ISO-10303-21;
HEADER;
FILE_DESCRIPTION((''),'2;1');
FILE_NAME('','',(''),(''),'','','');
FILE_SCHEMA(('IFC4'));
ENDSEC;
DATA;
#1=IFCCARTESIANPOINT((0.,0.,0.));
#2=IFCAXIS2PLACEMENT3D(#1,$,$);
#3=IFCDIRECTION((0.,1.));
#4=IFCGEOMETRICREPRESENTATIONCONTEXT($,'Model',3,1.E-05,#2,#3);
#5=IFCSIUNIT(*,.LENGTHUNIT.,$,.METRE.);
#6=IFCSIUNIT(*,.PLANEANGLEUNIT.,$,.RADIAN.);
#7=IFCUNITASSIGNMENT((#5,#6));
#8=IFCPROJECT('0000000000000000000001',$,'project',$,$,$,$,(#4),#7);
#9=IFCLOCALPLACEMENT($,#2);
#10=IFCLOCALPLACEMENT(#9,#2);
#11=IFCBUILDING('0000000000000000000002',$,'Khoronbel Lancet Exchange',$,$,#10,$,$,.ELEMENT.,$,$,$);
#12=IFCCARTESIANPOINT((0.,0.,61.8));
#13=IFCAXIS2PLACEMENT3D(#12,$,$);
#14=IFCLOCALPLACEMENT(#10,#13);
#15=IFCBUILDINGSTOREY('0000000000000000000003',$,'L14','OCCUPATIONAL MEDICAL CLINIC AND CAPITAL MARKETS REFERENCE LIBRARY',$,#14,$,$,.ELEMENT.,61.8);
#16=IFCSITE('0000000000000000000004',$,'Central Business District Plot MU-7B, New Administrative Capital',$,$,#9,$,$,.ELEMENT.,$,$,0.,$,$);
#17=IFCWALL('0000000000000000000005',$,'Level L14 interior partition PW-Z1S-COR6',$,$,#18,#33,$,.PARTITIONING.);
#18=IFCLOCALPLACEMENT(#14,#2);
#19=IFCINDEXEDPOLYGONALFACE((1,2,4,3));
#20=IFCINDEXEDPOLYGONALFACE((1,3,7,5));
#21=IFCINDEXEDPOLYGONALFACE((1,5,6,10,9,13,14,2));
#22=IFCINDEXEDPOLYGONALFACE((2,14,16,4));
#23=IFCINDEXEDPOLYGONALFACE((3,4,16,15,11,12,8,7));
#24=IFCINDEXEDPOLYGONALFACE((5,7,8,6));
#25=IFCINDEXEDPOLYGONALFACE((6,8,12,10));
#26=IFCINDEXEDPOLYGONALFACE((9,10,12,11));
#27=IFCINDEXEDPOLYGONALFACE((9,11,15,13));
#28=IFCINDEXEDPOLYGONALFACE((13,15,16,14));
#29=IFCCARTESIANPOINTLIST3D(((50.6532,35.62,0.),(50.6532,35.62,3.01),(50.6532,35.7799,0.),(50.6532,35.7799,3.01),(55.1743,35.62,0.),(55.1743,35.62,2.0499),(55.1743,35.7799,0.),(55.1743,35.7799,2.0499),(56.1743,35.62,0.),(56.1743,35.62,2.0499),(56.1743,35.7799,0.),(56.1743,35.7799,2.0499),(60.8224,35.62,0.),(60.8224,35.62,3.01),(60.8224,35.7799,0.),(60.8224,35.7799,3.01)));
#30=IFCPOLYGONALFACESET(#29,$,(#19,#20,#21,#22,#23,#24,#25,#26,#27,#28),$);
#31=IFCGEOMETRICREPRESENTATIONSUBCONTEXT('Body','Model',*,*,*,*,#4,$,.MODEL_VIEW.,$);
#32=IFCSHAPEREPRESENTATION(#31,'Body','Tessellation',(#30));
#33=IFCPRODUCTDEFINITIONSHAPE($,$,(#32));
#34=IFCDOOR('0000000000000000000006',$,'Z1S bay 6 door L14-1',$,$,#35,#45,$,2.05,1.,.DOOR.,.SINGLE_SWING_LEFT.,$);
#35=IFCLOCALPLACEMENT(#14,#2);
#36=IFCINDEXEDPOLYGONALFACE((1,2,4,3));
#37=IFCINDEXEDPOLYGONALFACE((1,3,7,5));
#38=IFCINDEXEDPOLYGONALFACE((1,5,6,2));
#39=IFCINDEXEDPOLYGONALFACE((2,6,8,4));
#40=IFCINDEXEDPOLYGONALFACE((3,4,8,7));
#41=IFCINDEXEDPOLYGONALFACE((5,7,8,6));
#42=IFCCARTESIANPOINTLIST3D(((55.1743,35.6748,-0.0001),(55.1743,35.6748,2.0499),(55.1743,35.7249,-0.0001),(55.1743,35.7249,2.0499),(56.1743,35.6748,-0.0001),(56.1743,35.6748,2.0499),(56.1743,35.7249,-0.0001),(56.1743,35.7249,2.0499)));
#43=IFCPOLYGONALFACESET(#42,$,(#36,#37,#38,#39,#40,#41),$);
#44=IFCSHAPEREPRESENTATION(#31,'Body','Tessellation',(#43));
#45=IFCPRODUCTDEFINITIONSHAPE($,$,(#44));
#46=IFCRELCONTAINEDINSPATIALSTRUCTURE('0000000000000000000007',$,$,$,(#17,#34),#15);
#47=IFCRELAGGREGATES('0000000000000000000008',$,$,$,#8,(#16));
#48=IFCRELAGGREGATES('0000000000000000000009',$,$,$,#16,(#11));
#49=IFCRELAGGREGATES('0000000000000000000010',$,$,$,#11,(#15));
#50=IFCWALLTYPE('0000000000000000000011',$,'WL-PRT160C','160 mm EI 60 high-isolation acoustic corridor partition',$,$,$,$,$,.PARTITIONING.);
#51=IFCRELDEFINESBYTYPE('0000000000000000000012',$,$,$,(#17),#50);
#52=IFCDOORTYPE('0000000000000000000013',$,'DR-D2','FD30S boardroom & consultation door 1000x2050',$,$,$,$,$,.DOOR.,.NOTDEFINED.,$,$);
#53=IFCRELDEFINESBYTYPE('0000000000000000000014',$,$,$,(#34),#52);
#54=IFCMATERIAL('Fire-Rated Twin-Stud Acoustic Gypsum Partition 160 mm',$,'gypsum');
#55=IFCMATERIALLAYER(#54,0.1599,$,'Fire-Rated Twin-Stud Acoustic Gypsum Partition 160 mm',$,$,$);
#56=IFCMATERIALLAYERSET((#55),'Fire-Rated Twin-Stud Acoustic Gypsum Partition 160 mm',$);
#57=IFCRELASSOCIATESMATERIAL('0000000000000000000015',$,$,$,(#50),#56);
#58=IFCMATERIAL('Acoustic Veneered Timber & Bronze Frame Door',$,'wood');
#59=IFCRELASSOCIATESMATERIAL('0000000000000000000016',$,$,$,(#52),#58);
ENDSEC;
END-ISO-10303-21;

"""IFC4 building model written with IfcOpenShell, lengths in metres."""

from ifc_helpers import new_model, si_unit, direction, frame, frame_2d, origin, place, context, subcontext, project, spatial, rectangle, extrude, material, layer, layer_set, type_object, element, fill, save


model = new_model("IFC4")

# Units and contexts
model_context = context("Model", 3, precision=1e-05, world=origin(), true_north=direction((0.0, 1.0)))
body_context = subcontext(model_context, "Body", "Model", "MODEL_VIEW")
ifc_project = project(units=[si_unit("LENGTHUNIT", "METRE"), si_unit("PLANEANGLEUNIT", "RADIAN")], contexts=[model_context])

# Site, building, storey
site_placement = place(None, origin())
site = spatial("IfcSite", under=ifc_project, at=site_placement, Name="Central Business District Plot MU-7B, New Administrative Capital", CompositionType="ELEMENT", RefElevation=0.0)
building_placement = place(site_placement, origin())
building = spatial("IfcBuilding", under=site, at=building_placement, Name="Khoronbel Lancet Exchange", CompositionType="ELEMENT")
storey_placement = place(building_placement, frame((0.0, 0.0, 61.8)))
storey = spatial("IfcBuildingStorey", under=building, at=storey_placement, Name="L14", Description="OCCUPATIONAL MEDICAL CLINIC AND CAPITAL MARKETS REFERENCE LIBRARY", CompositionType="ELEMENT", Elevation=61.8)

# Wall, opening, door
ifc_material_1 = material(Name="Fire-Rated Twin-Stud Acoustic Gypsum Partition 160 mm", Category="gypsum")
ifc_layer_1 = layer(ifc_material_1, 0.1599, Name="Fire-Rated Twin-Stud Acoustic Gypsum Partition 160 mm")
ifc_layer_set_1 = layer_set([ifc_layer_1], Name="Fire-Rated Twin-Stud Acoustic Gypsum Partition 160 mm")
wall_type_1 = type_object("IfcWallType", Name="WL-PRT160C", Description="160 mm EI 60 high-isolation acoustic corridor partition", PredefinedType="PARTITIONING", material=ifc_layer_set_1)
ifc_material_2 = material(Name="Acoustic Veneered Timber & Bronze Frame Door", Category="wood")
door_type_1 = type_object("IfcDoorType", Name="DR-D2", Description="FD30S boardroom & consultation door 1000x2050", OperationType="NOTDEFINED", PredefinedType="DOOR", material=ifc_material_2)
wall_1_placement = place(storey_placement, frame((50.6533, 35.7, 0.0), z_axis=(0.0, 0.0, 1.0), x_axis=(1.0, 0.0, 0.0)))
wall_1 = element("IfcWall", 1, at=wall_1_placement, inside=storey, type_object=wall_type_1, Name="Level L14 interior partition PW-Z1S-COR6", PredefinedType="PARTITIONING", context=body_context, shape_type="SweptSolid", body=[
    extrude(rectangle(XDim=10.1692, YDim=0.1599, at=frame_2d((5.0845, 0.0))), origin(), (0.0, 0.0, 1.0), 3.01),
])
opening_1_placement = place(wall_1_placement, frame((4.521, 0.0, 0.0)))
opening_1 = element("IfcOpeningElement", 2, at=opening_1_placement, cuts=wall_1, PredefinedType="OPENING", context=body_context, shape_type="SweptSolid", body=[
    extrude(rectangle(XDim=1.0, YDim=2.05, at=frame_2d((0.5, 1.0249))), frame((0.0, 0.0898, 0.0), z_axis=(0.0, -1.0, 0.0), x_axis=(1.0, 0.0, 0.0)), (0.0, 0.0, 1.0), 0.1799),
])
door_1_placement = place(opening_1_placement, origin())
door_1 = element("IfcDoor", 3, at=door_1_placement, inside=storey, type_object=door_type_1, Name="Z1S bay 6 door L14-1", OperationType="SINGLE_SWING_LEFT", OverallHeight=2.05, OverallWidth=1.0, PredefinedType="DOOR", context=body_context, shape_type="SweptSolid", body=[
    extrude(rectangle(XDim=1.0, YDim=2.05, at=frame_2d((0.5, 1.0249))), frame((0.0, 0.0249, 0.0), z_axis=(0.0, -1.0, 0.0), x_axis=(1.0, 0.0, 0.0)), (0.0, 0.0, 1.0), 0.05),
])
fill(opening_1, door_1)

save(model, "model.ifc")
